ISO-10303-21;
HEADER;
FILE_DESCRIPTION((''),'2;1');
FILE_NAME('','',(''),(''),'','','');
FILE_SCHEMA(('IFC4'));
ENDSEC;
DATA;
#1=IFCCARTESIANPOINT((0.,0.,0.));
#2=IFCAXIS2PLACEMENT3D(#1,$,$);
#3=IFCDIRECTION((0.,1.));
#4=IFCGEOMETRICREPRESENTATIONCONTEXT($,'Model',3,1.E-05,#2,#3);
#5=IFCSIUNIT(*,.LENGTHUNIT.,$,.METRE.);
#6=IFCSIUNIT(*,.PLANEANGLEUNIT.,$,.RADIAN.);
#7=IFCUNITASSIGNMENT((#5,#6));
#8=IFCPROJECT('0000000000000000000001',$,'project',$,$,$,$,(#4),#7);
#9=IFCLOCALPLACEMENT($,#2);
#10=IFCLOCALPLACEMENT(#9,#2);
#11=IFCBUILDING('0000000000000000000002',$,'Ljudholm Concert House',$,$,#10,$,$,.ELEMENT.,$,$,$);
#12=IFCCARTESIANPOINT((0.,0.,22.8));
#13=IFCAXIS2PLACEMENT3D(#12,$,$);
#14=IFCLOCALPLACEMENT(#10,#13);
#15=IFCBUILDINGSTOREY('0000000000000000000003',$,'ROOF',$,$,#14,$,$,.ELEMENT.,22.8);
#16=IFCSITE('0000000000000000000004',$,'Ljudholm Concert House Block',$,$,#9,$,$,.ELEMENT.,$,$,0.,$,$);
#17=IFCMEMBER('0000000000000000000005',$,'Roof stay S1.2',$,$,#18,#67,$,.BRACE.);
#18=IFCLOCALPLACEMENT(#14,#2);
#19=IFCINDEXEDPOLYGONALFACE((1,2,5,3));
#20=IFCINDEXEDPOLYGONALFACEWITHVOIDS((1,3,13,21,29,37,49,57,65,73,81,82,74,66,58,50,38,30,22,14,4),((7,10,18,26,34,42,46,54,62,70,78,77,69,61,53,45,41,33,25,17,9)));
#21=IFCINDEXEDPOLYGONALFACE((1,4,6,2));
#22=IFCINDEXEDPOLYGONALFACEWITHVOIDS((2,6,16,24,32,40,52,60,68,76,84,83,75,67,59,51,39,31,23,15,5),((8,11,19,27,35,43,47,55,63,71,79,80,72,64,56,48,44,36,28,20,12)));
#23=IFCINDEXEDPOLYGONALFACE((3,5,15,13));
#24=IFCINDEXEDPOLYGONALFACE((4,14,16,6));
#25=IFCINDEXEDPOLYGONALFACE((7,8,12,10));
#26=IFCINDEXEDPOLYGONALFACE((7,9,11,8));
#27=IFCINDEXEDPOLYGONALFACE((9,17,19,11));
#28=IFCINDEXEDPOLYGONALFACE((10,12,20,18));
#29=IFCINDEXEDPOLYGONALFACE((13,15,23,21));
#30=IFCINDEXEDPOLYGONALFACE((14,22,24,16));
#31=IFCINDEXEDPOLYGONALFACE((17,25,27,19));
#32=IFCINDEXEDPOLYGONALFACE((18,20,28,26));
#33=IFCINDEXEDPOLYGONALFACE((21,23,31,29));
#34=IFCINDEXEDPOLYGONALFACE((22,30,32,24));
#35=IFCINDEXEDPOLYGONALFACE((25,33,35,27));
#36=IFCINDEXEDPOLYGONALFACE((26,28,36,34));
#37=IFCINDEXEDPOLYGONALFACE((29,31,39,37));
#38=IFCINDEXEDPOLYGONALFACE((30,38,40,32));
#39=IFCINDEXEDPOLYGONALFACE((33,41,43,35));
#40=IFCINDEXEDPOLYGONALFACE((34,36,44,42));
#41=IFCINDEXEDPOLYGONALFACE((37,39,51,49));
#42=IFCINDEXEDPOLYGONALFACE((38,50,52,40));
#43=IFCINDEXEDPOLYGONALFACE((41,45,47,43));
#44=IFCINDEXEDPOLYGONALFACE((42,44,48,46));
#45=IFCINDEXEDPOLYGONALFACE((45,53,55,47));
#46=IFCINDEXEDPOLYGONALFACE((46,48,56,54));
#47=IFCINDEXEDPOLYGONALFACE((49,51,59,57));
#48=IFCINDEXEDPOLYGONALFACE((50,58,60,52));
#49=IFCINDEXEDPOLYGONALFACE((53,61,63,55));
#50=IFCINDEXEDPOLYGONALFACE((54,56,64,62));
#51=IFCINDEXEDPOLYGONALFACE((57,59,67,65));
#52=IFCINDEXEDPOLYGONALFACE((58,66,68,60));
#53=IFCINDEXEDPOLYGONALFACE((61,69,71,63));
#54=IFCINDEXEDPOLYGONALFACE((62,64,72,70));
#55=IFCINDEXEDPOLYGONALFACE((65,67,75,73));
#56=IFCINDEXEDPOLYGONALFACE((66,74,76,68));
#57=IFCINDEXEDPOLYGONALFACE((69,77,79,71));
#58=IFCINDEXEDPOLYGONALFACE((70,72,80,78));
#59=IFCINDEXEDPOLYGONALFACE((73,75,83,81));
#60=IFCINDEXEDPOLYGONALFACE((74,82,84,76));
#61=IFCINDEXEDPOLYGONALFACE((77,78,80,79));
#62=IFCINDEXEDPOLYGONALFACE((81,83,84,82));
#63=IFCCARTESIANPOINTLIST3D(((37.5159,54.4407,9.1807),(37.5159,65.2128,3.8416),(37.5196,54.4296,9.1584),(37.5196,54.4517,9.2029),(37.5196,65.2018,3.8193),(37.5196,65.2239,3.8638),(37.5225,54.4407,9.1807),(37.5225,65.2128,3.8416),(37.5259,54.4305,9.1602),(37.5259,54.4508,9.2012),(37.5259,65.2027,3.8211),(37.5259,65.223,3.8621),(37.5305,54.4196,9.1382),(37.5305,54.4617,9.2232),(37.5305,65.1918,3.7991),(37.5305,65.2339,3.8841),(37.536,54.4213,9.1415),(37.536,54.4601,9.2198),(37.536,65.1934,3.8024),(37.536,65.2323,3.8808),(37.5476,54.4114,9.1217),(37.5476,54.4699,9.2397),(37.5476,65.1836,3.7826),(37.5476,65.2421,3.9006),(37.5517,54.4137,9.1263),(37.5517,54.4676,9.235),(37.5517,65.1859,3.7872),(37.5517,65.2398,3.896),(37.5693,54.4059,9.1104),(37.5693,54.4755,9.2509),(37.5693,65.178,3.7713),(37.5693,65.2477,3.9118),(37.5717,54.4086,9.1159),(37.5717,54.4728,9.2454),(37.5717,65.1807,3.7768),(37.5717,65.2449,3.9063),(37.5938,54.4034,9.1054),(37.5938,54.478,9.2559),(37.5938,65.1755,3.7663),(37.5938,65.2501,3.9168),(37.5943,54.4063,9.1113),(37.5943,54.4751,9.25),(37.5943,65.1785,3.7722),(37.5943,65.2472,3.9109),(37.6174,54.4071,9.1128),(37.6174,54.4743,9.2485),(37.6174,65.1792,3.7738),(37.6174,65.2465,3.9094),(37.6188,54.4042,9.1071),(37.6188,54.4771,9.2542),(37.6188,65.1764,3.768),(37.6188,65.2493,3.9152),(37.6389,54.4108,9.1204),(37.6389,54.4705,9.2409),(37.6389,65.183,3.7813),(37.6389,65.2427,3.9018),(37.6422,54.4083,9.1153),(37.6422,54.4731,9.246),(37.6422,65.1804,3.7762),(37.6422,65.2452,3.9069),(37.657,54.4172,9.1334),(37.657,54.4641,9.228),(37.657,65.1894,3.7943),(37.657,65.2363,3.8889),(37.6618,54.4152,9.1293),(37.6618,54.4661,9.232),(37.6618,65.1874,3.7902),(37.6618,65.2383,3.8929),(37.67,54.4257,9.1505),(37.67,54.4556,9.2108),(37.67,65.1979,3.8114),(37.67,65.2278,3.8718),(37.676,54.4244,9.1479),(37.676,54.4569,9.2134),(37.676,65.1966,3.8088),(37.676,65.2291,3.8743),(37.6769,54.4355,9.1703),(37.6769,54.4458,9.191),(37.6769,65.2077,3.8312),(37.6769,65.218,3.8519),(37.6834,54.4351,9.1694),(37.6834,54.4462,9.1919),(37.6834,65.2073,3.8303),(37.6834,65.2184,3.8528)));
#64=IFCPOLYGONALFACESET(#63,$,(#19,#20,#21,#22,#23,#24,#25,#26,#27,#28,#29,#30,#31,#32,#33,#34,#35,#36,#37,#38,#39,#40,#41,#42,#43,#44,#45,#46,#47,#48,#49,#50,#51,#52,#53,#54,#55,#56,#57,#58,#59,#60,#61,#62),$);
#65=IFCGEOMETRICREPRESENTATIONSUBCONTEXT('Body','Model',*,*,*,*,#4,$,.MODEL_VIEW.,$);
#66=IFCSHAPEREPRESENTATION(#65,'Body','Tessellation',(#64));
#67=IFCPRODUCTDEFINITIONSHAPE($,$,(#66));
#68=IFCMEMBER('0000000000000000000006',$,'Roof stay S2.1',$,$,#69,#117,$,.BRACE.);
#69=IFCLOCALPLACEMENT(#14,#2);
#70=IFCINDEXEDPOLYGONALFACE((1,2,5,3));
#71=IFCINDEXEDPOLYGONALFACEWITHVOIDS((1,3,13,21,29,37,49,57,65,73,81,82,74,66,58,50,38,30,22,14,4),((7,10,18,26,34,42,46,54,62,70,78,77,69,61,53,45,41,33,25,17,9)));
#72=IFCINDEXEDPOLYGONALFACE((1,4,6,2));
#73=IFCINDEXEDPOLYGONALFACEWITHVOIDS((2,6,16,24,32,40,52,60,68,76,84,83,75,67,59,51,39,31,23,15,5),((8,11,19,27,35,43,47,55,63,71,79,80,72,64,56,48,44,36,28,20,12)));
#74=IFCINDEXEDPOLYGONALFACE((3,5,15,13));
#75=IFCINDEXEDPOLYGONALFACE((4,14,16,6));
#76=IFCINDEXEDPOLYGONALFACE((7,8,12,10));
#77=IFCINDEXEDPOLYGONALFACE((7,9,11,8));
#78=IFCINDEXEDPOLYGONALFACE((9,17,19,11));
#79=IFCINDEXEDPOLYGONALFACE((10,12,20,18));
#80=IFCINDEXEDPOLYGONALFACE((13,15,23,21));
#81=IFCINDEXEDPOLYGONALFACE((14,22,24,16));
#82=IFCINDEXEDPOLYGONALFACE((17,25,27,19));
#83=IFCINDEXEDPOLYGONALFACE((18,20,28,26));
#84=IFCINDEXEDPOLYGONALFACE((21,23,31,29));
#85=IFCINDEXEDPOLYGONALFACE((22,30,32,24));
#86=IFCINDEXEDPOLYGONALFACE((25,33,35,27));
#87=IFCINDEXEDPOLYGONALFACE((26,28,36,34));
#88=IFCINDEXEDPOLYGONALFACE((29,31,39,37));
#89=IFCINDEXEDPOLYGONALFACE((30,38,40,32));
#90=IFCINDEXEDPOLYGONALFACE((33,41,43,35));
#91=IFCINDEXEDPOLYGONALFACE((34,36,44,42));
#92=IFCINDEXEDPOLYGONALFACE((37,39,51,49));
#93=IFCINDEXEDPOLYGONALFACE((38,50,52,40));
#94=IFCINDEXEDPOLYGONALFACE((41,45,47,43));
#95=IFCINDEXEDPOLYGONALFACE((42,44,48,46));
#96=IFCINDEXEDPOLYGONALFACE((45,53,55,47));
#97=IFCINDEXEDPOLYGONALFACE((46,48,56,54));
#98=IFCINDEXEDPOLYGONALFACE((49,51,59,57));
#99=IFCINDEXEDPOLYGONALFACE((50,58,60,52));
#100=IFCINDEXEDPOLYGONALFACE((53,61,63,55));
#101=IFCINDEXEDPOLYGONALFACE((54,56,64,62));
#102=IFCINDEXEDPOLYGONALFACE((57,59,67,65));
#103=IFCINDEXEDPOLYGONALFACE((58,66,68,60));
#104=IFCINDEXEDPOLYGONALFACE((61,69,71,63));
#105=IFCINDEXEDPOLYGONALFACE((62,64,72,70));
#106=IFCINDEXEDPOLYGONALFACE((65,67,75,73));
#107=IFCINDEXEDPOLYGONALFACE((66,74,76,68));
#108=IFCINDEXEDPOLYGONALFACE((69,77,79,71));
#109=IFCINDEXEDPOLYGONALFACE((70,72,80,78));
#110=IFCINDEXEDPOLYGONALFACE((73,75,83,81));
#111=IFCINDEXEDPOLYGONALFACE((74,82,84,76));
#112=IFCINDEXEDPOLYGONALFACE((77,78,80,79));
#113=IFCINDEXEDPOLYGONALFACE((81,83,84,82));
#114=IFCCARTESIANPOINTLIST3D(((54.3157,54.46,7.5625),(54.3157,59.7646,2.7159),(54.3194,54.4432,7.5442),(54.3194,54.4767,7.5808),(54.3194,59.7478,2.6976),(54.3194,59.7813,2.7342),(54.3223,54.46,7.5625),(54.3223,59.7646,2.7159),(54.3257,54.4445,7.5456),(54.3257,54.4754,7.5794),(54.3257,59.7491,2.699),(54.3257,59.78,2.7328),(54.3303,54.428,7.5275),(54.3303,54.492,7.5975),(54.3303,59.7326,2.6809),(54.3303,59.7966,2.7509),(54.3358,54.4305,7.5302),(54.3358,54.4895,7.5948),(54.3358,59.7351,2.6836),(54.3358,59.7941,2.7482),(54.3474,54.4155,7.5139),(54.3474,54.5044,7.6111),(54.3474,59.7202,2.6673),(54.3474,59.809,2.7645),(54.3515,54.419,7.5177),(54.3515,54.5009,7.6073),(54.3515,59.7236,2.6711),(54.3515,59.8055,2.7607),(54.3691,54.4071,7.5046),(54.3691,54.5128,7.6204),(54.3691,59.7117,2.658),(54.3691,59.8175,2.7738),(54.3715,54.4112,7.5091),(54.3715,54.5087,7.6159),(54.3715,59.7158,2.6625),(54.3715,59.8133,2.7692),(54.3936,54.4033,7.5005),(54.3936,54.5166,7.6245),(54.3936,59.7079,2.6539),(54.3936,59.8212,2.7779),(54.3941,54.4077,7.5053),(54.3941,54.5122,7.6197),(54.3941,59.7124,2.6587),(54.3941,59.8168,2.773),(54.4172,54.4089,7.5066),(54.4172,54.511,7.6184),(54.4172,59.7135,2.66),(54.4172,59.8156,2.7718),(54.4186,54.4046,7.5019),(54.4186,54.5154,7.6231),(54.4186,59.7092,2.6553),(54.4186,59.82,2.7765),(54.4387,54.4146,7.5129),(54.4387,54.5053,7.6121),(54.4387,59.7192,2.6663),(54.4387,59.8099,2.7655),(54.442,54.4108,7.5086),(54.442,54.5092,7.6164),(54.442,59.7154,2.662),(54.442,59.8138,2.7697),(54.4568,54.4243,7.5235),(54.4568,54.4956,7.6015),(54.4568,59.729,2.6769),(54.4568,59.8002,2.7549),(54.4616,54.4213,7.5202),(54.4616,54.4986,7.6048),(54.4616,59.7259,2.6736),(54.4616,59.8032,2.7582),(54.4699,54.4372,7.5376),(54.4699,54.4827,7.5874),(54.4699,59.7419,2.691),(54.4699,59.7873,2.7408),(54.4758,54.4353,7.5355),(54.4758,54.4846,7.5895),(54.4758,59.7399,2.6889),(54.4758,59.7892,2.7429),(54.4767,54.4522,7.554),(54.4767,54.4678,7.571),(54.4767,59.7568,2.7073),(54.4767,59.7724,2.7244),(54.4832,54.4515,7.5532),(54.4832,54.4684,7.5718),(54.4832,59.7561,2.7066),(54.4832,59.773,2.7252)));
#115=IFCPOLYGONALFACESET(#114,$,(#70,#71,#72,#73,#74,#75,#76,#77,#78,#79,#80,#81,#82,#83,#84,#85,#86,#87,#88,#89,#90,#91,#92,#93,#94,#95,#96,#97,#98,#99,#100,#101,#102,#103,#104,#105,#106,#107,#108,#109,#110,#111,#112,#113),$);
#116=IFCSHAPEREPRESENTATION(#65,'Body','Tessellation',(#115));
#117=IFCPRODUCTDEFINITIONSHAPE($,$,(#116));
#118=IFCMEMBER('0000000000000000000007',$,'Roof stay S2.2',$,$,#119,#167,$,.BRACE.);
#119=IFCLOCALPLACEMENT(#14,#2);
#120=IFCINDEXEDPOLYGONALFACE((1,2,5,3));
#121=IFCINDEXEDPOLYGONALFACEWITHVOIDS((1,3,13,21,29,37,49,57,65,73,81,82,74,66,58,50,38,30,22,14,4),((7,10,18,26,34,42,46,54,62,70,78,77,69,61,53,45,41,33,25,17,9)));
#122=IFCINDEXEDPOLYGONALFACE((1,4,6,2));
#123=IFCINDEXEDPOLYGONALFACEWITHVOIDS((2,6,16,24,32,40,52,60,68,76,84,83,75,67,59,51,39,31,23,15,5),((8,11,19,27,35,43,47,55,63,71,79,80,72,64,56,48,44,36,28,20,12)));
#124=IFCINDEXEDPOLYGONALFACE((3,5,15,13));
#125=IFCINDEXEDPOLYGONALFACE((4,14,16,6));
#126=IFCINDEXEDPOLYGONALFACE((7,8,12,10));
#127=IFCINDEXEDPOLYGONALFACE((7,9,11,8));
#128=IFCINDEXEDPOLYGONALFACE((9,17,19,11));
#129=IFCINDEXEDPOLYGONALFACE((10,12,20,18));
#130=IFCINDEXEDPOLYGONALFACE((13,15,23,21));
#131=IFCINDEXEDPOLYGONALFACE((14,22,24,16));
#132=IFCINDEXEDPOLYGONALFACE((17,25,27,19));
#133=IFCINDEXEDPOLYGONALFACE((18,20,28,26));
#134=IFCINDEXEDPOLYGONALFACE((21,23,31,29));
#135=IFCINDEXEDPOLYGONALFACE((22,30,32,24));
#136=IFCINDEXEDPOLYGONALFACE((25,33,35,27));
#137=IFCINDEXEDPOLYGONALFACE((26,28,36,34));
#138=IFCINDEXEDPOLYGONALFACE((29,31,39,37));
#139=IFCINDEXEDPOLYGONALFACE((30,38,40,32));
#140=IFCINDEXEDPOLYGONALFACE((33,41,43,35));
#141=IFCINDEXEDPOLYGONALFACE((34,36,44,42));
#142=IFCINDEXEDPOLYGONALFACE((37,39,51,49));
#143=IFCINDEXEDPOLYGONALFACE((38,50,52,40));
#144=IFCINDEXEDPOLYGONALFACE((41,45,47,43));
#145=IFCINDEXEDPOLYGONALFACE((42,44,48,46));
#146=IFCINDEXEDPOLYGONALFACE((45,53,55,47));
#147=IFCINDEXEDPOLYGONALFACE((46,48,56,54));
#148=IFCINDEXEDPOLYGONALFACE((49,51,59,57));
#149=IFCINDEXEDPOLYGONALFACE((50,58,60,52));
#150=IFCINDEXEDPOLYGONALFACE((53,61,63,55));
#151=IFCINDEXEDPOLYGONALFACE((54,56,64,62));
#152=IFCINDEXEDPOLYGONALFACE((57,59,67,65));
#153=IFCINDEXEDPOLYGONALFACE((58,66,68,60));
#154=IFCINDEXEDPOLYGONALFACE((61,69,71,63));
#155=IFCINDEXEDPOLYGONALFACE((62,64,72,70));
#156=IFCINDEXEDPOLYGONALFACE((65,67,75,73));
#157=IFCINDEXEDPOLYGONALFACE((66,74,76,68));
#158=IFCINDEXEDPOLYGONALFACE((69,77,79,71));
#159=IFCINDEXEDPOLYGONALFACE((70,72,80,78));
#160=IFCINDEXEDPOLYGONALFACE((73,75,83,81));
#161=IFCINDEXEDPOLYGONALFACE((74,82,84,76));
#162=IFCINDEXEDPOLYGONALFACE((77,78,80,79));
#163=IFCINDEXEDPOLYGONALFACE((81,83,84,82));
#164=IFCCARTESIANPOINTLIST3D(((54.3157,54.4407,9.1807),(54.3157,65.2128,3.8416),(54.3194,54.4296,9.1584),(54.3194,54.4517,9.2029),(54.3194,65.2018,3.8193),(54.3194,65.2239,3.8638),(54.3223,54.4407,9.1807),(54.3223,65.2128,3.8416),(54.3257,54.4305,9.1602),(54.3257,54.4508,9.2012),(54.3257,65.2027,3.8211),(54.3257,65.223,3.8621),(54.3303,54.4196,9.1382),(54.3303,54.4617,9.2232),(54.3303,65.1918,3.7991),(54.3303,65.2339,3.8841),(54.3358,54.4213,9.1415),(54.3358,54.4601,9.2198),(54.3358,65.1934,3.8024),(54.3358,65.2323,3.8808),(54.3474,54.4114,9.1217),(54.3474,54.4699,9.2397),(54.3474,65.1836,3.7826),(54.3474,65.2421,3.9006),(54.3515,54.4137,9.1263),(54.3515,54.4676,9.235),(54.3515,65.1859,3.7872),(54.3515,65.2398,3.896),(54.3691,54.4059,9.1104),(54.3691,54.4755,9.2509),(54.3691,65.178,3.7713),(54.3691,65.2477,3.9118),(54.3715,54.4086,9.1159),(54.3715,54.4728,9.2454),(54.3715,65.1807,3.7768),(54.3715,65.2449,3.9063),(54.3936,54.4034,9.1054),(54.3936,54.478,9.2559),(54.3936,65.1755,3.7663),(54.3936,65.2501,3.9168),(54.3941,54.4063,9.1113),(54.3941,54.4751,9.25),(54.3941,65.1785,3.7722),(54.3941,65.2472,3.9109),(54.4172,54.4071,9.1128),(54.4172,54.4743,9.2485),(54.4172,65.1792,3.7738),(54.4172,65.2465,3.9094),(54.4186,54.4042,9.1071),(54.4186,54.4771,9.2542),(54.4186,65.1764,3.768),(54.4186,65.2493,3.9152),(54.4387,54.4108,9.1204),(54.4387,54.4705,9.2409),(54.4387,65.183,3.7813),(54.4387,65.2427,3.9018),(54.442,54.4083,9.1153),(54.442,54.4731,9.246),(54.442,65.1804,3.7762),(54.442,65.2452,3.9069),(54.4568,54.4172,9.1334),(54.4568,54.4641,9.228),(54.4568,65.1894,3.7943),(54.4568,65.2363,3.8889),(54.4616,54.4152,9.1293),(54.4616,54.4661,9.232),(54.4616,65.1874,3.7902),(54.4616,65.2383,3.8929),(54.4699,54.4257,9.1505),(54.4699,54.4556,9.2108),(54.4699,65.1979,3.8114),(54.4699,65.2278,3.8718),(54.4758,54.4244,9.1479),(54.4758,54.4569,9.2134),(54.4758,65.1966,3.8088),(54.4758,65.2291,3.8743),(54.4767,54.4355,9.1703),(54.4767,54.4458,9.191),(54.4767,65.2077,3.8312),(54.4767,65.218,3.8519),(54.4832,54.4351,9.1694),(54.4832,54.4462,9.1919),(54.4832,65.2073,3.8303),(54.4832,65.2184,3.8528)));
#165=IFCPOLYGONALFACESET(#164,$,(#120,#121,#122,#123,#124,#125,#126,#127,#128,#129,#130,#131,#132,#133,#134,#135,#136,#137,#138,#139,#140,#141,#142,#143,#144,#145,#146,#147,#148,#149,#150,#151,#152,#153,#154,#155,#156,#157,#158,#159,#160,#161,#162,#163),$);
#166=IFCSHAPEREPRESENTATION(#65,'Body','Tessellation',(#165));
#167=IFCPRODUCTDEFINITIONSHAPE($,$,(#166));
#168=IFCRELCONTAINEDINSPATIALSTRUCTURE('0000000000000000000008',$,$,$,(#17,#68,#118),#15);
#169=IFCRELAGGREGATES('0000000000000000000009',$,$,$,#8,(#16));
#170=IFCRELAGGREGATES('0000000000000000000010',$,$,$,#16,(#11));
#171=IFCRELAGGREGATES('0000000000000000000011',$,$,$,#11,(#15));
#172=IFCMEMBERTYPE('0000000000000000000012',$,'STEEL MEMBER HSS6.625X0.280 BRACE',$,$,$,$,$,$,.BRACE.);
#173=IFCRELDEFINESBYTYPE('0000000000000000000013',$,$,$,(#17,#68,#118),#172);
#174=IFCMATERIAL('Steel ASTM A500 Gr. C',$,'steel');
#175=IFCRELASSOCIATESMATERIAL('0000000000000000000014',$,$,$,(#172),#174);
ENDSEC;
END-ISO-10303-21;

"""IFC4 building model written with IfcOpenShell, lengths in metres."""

from ifc_helpers import new_model, si_unit, direction, frame, origin, origin_2d, place, context, subcontext, project, spatial, hollow_circle, extrude, material, material_profile, profile_set, type_object, element, save


model = new_model("IFC4")

# Units and contexts
model_context = context("Model", 3, precision=1e-05, world=origin(), true_north=direction((0.0, 1.0)))
body_context = subcontext(model_context, "Body", "Model", "MODEL_VIEW")
ifc_project = project(units=[si_unit("LENGTHUNIT", "METRE"), si_unit("PLANEANGLEUNIT", "RADIAN")], contexts=[model_context])

# Site, building, storey
site_placement = place(None, origin())
site = spatial("IfcSite", under=ifc_project, at=site_placement, Name="Ljudholm Concert House Block", CompositionType="ELEMENT", RefElevation=0.0)
building_placement = place(site_placement, origin())
building = spatial("IfcBuilding", under=site, at=building_placement, Name="Ljudholm Concert House", CompositionType="ELEMENT")
storey_placement = place(building_placement, frame((0.0, 0.0, 22.8)))
storey = spatial("IfcBuildingStorey", under=building, at=storey_placement, Name="ROOF", CompositionType="ELEMENT", Elevation=22.8)

# Members
ifc_material_1 = material(Name="Steel ASTM A500 Gr. C", Category="steel")
ifc_material_profile_1 = material_profile(ifc_material_1, hollow_circle(Radius=0.0842, WallThickness=0.0066, at=origin_2d()), Name="HSS6.625X0.280")
ifc_profile_set_1 = profile_set([ifc_material_profile_1], Name="Steel ASTM A500 Gr. C")
member_type_1 = type_object("IfcMemberType", Name="STEEL MEMBER HSS6.625X0.280 BRACE", PredefinedType="BRACE", material=ifc_profile_set_1)
member_1_placement = place(storey_placement, frame((37.6001, 54.4407, 9.1807), z_axis=(0.0, 0.895985, -0.444084), x_axis=(-1.0, 0.0, 0.0)))
element("IfcMember", 1, at=member_1_placement, inside=storey, type_object=member_type_1, Name="Roof stay S1.2", PredefinedType="BRACE", context=body_context, shape_type="SweptSolid", body=[
    extrude(hollow_circle(Radius=0.0842, WallThickness=0.0066, at=origin_2d()), origin(), (0.0, 0.0, 1.0), 12.0227),
])
member_2_placement = place(storey_placement, frame((54.3999, 54.46, 7.5625), z_axis=(0.0, 0.738259, -0.674517), x_axis=(-1.0, 0.0, 0.0)))
element("IfcMember", 2, at=member_2_placement, inside=storey, type_object=member_type_1, Name="Roof stay S2.1", PredefinedType="BRACE", context=body_context, shape_type="SweptSolid", body=[
    extrude(hollow_circle(Radius=0.0842, WallThickness=0.0066, at=origin_2d()), origin(), (0.0, 0.0, 1.0), 7.1853),
])
member_3_placement = place(storey_placement, frame((54.3999, 54.4407, 9.1807), z_axis=(0.0, 0.895985, -0.444084), x_axis=(-1.0, 0.0, 0.0)))
element("IfcMember", 3, at=member_3_placement, inside=storey, type_object=member_type_1, Name="Roof stay S2.2", PredefinedType="BRACE", context=body_context, shape_type="SweptSolid", body=[
    extrude(hollow_circle(Radius=0.0842, WallThickness=0.0066, at=origin_2d()), origin(), (0.0, 0.0, 1.0), 12.0227),
])

save(model, "model.ifc")
